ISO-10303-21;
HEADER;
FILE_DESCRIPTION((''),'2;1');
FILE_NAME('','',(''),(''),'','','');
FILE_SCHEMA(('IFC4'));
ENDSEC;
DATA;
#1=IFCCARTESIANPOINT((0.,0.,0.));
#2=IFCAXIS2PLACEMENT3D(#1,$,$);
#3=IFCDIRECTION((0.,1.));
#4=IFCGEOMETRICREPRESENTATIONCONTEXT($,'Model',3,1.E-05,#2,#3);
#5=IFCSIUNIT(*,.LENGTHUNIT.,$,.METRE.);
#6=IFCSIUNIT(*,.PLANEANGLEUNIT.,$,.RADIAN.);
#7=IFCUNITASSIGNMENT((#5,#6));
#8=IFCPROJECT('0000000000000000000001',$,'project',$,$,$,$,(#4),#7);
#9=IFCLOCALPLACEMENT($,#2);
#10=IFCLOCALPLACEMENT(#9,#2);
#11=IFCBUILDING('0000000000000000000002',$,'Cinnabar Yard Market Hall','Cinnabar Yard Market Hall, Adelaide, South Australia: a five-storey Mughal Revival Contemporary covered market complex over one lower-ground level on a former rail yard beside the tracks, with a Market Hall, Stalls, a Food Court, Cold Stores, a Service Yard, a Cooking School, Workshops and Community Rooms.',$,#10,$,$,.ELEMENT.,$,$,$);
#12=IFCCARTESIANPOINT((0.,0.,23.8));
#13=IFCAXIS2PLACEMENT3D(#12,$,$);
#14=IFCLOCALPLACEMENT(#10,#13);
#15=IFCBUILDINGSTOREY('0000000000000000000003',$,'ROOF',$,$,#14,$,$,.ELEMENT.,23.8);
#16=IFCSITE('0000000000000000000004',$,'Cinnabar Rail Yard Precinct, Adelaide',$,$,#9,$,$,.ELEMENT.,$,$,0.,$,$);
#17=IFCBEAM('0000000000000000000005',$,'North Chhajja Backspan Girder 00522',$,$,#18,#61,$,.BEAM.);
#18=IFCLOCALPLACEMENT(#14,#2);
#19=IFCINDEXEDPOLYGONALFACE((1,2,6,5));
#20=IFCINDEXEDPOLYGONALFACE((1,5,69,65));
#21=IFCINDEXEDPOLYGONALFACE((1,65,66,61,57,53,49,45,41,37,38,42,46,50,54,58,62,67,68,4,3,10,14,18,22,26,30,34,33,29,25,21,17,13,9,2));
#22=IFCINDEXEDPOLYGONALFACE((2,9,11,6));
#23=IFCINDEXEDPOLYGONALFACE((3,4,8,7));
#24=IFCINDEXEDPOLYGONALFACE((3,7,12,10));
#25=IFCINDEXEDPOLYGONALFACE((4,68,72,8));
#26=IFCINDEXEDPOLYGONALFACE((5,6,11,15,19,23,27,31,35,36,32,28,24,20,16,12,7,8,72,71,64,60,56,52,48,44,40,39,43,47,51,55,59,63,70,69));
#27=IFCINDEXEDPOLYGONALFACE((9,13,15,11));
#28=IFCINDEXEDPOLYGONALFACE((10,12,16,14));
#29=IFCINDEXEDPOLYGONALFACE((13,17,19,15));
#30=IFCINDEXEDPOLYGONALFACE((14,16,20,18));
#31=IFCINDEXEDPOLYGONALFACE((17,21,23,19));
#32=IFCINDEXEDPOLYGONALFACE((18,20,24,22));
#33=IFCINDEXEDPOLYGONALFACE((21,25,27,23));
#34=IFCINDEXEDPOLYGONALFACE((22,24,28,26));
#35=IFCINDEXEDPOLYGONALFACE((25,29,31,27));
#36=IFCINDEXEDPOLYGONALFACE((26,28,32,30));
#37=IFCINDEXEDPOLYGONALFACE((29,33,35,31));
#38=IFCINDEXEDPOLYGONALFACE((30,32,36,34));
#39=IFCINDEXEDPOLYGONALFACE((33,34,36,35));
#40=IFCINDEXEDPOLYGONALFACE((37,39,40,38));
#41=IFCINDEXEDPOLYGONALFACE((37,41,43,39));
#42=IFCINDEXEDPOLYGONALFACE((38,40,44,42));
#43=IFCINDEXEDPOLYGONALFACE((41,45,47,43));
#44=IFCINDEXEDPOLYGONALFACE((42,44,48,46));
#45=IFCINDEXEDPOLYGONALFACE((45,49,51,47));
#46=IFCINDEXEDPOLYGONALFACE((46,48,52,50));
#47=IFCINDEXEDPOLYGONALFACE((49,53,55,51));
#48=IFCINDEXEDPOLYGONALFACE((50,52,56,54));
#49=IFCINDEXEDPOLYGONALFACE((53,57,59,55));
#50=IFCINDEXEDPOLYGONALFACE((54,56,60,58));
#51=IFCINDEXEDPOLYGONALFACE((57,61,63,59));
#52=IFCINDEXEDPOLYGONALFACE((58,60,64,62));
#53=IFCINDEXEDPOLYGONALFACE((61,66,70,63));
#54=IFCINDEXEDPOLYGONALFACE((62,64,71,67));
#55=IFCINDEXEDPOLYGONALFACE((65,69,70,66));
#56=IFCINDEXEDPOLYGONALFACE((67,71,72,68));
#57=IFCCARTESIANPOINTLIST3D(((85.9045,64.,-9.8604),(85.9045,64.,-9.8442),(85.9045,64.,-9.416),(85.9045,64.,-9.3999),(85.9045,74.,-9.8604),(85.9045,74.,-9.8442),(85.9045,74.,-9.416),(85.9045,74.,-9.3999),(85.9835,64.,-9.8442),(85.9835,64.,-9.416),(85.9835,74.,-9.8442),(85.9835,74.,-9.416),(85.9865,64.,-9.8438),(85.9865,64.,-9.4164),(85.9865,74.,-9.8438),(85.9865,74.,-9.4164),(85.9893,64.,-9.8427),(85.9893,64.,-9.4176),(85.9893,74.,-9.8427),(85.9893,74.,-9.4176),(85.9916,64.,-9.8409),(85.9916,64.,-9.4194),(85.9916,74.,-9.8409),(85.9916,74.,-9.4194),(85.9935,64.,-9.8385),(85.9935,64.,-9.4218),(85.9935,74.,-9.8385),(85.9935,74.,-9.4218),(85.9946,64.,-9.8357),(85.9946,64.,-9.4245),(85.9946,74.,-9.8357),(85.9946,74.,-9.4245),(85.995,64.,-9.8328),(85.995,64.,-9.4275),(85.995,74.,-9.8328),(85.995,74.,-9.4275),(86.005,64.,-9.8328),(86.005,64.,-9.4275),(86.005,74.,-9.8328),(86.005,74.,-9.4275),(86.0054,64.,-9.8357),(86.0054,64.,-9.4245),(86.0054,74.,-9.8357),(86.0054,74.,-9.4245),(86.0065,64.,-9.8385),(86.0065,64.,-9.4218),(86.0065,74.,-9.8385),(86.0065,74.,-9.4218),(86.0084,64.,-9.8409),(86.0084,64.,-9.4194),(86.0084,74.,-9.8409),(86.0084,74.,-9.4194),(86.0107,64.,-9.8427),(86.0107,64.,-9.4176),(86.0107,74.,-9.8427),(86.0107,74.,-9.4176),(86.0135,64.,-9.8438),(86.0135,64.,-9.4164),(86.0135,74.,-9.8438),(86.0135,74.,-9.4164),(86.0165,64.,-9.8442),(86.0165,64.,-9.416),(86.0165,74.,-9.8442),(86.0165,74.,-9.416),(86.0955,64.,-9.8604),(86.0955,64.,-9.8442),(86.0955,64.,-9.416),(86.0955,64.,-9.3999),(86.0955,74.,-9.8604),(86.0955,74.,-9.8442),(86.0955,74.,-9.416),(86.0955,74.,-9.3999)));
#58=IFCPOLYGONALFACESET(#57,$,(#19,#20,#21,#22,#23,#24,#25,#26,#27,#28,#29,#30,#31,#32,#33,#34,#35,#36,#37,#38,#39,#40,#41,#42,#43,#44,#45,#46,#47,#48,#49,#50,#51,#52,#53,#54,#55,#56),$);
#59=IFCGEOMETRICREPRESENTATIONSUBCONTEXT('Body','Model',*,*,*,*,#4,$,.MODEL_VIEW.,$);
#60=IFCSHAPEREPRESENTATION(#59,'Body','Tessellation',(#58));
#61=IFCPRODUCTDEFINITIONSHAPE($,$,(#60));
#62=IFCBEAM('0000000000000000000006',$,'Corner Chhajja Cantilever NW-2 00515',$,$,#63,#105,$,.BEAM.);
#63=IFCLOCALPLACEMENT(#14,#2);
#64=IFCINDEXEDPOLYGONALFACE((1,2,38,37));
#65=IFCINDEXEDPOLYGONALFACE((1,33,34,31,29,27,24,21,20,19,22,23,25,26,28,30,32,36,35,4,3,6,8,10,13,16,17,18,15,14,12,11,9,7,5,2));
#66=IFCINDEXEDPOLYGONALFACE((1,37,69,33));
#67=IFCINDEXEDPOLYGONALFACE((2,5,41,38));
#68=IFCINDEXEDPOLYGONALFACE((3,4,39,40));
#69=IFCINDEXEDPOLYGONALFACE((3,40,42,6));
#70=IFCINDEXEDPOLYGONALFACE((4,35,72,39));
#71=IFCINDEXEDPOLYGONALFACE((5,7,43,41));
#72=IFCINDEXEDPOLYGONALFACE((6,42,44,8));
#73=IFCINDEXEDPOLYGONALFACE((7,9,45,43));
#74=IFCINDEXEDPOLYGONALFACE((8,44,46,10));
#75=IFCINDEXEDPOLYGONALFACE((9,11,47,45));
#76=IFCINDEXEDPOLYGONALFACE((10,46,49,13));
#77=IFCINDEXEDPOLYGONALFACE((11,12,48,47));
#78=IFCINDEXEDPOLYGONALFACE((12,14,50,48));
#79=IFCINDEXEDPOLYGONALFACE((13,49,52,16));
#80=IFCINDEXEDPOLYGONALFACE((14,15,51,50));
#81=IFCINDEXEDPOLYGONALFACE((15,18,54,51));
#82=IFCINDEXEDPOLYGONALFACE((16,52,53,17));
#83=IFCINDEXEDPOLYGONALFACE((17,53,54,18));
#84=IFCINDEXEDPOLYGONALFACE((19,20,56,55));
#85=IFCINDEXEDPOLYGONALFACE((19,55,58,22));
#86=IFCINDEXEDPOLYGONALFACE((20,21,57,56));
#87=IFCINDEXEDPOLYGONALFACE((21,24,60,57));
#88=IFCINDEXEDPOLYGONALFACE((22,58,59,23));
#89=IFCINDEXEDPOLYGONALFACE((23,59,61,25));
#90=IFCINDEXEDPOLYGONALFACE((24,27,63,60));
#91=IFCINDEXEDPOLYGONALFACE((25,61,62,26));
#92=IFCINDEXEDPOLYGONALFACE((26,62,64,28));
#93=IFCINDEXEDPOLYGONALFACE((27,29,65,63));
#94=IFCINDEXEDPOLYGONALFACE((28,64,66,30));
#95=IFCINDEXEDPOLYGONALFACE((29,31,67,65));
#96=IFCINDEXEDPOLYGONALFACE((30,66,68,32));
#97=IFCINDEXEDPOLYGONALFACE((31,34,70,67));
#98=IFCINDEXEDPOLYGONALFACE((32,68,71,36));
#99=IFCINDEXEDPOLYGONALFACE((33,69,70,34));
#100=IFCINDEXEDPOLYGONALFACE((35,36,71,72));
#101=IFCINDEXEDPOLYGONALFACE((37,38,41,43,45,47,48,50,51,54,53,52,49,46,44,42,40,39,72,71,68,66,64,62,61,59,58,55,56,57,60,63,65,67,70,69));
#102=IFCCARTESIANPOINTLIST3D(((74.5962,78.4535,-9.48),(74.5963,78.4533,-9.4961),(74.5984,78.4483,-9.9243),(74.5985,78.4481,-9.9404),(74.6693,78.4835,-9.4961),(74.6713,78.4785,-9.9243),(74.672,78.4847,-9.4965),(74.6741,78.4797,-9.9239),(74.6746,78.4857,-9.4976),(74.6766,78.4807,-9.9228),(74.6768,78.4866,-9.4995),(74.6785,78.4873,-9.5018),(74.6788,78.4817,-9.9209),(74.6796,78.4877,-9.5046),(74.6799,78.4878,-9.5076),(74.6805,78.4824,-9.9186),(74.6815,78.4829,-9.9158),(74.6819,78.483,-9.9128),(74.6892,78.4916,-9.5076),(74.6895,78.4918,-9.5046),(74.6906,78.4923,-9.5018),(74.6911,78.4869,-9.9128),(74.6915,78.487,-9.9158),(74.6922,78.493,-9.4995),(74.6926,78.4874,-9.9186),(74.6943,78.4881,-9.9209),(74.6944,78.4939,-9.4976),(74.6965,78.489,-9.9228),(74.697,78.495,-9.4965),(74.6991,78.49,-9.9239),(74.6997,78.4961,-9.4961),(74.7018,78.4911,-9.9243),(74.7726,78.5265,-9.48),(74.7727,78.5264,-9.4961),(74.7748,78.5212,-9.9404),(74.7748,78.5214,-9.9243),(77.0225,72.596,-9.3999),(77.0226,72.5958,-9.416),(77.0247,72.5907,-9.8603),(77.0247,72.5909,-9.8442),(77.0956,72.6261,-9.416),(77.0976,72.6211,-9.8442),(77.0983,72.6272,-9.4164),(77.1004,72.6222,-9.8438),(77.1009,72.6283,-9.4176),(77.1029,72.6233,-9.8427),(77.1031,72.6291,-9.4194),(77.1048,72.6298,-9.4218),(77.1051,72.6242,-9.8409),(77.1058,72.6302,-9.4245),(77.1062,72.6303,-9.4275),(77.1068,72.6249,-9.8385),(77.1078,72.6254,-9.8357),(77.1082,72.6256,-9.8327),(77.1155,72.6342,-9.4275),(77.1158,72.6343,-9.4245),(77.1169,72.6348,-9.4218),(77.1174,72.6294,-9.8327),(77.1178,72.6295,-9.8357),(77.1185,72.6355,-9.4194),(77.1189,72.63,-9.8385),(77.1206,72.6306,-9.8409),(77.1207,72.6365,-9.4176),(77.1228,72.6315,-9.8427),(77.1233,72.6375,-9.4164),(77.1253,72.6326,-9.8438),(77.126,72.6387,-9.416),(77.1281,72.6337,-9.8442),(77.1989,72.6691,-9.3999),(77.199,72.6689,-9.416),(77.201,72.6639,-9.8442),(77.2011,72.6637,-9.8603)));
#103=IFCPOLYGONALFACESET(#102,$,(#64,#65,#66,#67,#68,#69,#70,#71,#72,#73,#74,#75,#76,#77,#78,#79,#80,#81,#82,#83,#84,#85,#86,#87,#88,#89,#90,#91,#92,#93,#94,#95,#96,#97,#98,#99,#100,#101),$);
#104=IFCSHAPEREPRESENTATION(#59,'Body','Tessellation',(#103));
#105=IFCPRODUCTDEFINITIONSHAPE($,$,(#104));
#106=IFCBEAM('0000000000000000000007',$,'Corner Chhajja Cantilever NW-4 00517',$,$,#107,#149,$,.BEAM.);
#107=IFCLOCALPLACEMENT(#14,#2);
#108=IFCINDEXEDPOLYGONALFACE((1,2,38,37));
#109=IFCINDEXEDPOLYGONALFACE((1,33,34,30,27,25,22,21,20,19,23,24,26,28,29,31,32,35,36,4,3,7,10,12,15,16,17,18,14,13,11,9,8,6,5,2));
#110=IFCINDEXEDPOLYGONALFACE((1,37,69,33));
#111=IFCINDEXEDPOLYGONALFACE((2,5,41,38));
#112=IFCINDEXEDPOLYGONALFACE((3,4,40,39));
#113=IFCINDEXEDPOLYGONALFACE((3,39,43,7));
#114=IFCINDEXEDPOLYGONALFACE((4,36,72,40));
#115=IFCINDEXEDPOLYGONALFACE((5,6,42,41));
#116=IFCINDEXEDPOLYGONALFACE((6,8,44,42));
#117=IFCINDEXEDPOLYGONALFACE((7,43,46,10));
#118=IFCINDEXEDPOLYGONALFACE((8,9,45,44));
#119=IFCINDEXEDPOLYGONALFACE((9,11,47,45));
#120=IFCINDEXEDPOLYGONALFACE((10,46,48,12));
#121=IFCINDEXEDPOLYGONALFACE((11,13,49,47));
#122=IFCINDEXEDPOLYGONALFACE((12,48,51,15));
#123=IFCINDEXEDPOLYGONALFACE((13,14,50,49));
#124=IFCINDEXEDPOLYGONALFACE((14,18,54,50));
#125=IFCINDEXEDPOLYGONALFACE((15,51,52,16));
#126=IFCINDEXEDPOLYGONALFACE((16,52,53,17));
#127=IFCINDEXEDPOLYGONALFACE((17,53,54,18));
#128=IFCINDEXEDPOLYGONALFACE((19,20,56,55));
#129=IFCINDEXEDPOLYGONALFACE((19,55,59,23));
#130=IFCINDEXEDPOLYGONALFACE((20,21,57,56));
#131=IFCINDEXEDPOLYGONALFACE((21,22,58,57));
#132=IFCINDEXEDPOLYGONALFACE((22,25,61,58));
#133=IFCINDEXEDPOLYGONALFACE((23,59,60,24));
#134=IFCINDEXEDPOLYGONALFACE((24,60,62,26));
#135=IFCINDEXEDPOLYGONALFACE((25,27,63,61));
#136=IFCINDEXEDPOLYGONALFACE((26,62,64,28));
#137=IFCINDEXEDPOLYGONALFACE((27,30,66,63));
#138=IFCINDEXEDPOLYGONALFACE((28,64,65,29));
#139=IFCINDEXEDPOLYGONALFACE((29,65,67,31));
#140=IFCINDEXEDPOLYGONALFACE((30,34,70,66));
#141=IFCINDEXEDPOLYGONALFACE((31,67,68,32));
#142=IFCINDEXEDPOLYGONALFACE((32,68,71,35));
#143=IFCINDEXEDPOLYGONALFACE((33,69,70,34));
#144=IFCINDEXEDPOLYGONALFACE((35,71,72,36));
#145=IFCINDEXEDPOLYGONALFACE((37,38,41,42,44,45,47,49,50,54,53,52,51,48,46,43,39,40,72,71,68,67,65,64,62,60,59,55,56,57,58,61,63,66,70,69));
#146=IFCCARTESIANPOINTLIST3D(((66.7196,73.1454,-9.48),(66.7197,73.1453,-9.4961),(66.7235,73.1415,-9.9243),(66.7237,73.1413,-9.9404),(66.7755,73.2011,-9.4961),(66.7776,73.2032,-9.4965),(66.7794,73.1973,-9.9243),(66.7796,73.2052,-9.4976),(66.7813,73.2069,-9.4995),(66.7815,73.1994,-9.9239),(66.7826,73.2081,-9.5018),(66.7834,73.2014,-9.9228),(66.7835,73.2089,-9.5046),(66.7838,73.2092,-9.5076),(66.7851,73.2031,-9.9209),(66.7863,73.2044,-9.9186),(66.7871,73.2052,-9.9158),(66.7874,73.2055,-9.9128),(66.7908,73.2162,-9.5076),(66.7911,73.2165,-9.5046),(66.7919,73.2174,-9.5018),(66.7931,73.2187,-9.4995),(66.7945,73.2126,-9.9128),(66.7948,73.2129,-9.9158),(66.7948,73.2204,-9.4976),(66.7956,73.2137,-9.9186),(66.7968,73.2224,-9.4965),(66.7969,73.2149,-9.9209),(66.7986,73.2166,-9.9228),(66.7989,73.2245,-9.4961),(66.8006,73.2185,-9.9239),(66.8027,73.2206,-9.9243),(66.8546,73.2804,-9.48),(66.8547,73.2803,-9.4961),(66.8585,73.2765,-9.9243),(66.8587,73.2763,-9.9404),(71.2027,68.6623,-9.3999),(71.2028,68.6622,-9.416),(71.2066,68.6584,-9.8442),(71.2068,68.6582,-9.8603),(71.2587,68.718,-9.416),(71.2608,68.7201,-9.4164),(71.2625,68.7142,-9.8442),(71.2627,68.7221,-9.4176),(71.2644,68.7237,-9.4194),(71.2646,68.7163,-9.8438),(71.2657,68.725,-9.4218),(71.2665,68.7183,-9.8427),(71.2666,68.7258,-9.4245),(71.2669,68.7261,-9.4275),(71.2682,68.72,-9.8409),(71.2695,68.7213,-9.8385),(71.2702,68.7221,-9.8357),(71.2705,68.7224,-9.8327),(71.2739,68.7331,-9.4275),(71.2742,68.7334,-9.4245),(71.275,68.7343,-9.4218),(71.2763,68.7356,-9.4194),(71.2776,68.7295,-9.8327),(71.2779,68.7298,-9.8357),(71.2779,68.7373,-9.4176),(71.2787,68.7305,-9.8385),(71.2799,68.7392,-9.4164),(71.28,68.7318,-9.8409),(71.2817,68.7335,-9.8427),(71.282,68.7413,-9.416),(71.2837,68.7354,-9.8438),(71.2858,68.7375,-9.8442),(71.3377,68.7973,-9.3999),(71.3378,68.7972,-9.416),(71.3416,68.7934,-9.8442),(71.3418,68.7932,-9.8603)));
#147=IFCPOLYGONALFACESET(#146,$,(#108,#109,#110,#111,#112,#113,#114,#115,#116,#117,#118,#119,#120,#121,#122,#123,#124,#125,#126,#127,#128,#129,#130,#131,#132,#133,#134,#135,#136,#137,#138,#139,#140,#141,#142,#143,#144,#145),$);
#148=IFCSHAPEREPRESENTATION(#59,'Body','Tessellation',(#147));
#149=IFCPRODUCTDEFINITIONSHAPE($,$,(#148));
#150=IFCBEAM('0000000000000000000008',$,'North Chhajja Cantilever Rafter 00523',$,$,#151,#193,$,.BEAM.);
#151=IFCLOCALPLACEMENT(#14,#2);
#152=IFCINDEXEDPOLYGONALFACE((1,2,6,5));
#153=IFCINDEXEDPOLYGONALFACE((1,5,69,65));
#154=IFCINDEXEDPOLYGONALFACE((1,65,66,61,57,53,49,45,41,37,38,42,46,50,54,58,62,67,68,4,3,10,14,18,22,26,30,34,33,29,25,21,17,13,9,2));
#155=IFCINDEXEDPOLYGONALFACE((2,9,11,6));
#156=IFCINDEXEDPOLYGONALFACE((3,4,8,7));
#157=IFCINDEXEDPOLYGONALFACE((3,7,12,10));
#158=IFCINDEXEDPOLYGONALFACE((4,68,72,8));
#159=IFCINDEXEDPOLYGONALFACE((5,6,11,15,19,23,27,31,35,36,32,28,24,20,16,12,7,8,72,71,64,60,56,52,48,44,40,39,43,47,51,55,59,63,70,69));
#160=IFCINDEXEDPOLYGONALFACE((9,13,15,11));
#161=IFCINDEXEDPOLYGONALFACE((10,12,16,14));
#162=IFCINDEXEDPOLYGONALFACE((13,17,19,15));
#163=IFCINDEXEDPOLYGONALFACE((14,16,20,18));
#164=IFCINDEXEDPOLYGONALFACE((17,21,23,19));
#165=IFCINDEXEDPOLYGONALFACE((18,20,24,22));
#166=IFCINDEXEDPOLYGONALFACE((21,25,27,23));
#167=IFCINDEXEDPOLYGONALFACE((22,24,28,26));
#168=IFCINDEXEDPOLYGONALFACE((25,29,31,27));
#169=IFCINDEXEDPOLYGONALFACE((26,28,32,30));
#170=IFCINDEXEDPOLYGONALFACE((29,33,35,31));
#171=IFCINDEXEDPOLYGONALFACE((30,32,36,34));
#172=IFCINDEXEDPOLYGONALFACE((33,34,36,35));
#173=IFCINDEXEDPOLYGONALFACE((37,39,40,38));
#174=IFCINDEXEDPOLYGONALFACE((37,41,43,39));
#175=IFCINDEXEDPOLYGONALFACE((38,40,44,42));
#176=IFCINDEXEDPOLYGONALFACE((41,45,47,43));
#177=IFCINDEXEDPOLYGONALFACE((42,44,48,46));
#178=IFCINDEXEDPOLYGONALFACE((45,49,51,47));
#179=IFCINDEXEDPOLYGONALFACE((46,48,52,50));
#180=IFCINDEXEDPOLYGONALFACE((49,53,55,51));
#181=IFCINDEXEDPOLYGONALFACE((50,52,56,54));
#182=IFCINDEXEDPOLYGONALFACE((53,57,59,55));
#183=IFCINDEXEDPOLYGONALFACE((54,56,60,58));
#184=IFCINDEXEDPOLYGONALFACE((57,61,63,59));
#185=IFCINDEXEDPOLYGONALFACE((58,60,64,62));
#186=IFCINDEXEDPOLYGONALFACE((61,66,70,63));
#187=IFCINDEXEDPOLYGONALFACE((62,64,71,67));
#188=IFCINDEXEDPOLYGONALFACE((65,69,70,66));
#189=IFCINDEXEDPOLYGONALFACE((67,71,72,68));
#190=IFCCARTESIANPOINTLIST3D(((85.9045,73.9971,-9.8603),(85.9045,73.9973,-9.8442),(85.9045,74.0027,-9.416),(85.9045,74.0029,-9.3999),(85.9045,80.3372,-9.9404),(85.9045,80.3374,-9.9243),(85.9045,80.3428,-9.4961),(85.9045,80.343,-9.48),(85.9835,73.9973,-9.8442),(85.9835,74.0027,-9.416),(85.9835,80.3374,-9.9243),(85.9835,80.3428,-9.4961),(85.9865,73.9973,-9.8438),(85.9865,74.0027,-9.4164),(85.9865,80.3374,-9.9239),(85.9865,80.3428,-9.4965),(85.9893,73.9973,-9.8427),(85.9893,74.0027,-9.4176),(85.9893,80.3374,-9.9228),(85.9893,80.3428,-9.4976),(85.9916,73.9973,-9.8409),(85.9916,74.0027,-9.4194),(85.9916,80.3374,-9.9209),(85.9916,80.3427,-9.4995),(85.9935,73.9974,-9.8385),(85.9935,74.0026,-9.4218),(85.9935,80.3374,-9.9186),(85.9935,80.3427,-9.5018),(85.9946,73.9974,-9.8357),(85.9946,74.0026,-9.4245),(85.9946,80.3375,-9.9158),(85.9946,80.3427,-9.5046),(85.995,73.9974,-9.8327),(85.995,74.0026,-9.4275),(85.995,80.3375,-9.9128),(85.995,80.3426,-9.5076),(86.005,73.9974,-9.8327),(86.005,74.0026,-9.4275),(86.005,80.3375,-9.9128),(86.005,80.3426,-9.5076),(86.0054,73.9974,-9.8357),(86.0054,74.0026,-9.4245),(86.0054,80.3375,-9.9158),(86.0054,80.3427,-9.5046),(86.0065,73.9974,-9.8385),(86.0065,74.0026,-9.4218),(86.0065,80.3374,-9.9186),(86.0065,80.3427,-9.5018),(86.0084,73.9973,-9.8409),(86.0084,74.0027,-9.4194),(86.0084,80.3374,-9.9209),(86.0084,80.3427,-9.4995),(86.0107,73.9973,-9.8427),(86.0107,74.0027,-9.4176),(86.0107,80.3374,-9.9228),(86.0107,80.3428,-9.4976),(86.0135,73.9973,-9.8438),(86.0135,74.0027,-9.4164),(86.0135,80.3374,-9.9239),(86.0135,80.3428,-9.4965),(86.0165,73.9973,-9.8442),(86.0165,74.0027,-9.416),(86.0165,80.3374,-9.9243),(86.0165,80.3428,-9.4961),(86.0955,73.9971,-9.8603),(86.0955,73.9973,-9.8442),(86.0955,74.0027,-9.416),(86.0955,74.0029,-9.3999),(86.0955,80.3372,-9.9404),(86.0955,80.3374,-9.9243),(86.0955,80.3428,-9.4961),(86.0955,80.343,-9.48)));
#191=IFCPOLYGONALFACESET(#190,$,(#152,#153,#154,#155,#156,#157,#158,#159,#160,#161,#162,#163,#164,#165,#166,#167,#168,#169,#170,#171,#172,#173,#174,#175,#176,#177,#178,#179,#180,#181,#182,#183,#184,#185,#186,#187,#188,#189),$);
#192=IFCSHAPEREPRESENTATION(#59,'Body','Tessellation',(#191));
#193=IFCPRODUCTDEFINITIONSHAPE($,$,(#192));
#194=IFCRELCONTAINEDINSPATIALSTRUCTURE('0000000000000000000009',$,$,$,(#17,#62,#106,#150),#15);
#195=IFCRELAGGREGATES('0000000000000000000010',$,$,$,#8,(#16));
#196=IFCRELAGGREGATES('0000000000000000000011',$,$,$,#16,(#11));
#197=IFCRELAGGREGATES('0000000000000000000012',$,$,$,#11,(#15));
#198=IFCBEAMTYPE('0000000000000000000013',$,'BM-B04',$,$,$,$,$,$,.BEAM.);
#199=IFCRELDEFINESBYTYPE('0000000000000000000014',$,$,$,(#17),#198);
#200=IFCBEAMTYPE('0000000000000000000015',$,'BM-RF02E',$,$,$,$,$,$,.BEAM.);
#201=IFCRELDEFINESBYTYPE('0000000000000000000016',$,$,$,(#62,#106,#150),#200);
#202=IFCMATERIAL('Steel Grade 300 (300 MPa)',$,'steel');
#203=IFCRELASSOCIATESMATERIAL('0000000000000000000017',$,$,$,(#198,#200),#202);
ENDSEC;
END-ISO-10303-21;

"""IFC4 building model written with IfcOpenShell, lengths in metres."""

from ifc_helpers import new_model, si_unit, direction, frame, origin, origin_2d_with_axis, place, context, subcontext, project, spatial, i_section, extrude, material, material_profile, profile_set, type_object, element, save


model = new_model("IFC4")

# Units and contexts
model_context = context("Model", 3, precision=1e-05, world=origin(), true_north=direction((0.0, 1.0)))
body_context = subcontext(model_context, "Body", "Model", "MODEL_VIEW")
ifc_project = project(units=[si_unit("LENGTHUNIT", "METRE"), si_unit("PLANEANGLEUNIT", "RADIAN")], contexts=[model_context])

# Site, building, storey
site_placement = place(None, origin())
site = spatial("IfcSite", under=ifc_project, at=site_placement, Name="Cinnabar Rail Yard Precinct, Adelaide", CompositionType="ELEMENT", RefElevation=0.0)
building_placement = place(site_placement, origin())
building = spatial("IfcBuilding", under=site, at=building_placement, Name="Cinnabar Yard Market Hall", Description="Cinnabar Yard Market Hall, Adelaide, South Australia: a five-storey Mughal Revival Contemporary covered market complex over one lower-ground level on a former rail yard beside the tracks, with a Market Hall, Stalls, a Food Court, Cold Stores, a Service Yard, a Cooking School, Workshops and Community Rooms.", CompositionType="ELEMENT")
storey_placement = place(building_placement, frame((0.0, 0.0, 23.8)))
storey = spatial("IfcBuildingStorey", under=building, at=storey_placement, Name="ROOF", CompositionType="ELEMENT", Elevation=23.8)

# Beams
ifc_material_1 = material(Name="Steel Grade 300 (300 MPa)", Category="steel")
ifc_material_profile_1 = material_profile(ifc_material_1, i_section(OverallWidth=0.1909, OverallDepth=0.4604, WebThickness=0.01, FlangeThickness=0.0161, FilletRadius=0.0115, at=origin_2d_with_axis()), Name="460UB82.1")
ifc_profile_set_1 = profile_set([ifc_material_profile_1], Name="Steel Grade 300 (300 MPa)")
beam_type_1 = type_object("IfcBeamType", Name="BM-B04", PredefinedType="BEAM", material=ifc_profile_set_1)
for number, where, z_axis, x_axis, name in (
    (1, (86.0, 64.0, -9.6301), (0.0, 1.0, 0.0), (-1.0, 0.0, 0.0), "North Chhajja Backspan Girder 00522"),
):
    element("IfcBeam", number, at=place(storey_placement, frame(where, z_axis=z_axis, x_axis=x_axis)), inside=storey, type_object=beam_type_1, Name=name, PredefinedType="BEAM", context=body_context, shape_type="SweptSolid", body=[
        extrude(i_section(OverallWidth=0.1909, OverallDepth=0.4604, WebThickness=0.01, FlangeThickness=0.0161, FilletRadius=0.0115, at=origin_2d_with_axis()), origin(), (0.0, 0.0, 1.0), 10.0),
    ])
ifc_material_profile_2 = material_profile(ifc_material_1, i_section(OverallWidth=0.1909, OverallDepth=0.4604, WebThickness=0.01, FlangeThickness=0.0161, FilletRadius=0.0115, at=origin_2d_with_axis()), Name="460UB82.1")
ifc_profile_set_2 = profile_set([ifc_material_profile_2], Name="Steel Grade 300 (300 MPa)")
beam_type_2 = type_object("IfcBeamType", Name="BM-RF02E", PredefinedType="BEAM", material=ifc_profile_set_2)
for number, where, z_axis, x_axis, name in (
    (2, (77.1118, 72.6299, -9.6301), (-0.382659, 0.923803, -0.01263), (-0.923877, -0.38269, 0.0), "Corner Chhajja Cantilever NW-2 00515"),
    (3, (71.2722, 68.7278, -9.6301), (-0.70705, 0.70705, -0.012629), (-0.707107, -0.707107, 0.0), "Corner Chhajja Cantilever NW-4 00517"),
    (4, (86.0, 74.0, -9.6301), (0.0, 0.99992, -0.012629), (-1.0, 0.0, 0.0), "North Chhajja Cantilever Rafter 00523"),
):
    element("IfcBeam", number, at=place(storey_placement, frame(where, z_axis=z_axis, x_axis=x_axis)), inside=storey, type_object=beam_type_2, Name=name, PredefinedType="BEAM", context=body_context, shape_type="SweptSolid", body=[
        extrude(i_section(OverallWidth=0.1909, OverallDepth=0.4604, WebThickness=0.01, FlangeThickness=0.0161, FilletRadius=0.0115, at=origin_2d_with_axis()), origin(), (0.0, 0.0, 1.0), 6.3406),
    ])

save(model, "model.ifc")
